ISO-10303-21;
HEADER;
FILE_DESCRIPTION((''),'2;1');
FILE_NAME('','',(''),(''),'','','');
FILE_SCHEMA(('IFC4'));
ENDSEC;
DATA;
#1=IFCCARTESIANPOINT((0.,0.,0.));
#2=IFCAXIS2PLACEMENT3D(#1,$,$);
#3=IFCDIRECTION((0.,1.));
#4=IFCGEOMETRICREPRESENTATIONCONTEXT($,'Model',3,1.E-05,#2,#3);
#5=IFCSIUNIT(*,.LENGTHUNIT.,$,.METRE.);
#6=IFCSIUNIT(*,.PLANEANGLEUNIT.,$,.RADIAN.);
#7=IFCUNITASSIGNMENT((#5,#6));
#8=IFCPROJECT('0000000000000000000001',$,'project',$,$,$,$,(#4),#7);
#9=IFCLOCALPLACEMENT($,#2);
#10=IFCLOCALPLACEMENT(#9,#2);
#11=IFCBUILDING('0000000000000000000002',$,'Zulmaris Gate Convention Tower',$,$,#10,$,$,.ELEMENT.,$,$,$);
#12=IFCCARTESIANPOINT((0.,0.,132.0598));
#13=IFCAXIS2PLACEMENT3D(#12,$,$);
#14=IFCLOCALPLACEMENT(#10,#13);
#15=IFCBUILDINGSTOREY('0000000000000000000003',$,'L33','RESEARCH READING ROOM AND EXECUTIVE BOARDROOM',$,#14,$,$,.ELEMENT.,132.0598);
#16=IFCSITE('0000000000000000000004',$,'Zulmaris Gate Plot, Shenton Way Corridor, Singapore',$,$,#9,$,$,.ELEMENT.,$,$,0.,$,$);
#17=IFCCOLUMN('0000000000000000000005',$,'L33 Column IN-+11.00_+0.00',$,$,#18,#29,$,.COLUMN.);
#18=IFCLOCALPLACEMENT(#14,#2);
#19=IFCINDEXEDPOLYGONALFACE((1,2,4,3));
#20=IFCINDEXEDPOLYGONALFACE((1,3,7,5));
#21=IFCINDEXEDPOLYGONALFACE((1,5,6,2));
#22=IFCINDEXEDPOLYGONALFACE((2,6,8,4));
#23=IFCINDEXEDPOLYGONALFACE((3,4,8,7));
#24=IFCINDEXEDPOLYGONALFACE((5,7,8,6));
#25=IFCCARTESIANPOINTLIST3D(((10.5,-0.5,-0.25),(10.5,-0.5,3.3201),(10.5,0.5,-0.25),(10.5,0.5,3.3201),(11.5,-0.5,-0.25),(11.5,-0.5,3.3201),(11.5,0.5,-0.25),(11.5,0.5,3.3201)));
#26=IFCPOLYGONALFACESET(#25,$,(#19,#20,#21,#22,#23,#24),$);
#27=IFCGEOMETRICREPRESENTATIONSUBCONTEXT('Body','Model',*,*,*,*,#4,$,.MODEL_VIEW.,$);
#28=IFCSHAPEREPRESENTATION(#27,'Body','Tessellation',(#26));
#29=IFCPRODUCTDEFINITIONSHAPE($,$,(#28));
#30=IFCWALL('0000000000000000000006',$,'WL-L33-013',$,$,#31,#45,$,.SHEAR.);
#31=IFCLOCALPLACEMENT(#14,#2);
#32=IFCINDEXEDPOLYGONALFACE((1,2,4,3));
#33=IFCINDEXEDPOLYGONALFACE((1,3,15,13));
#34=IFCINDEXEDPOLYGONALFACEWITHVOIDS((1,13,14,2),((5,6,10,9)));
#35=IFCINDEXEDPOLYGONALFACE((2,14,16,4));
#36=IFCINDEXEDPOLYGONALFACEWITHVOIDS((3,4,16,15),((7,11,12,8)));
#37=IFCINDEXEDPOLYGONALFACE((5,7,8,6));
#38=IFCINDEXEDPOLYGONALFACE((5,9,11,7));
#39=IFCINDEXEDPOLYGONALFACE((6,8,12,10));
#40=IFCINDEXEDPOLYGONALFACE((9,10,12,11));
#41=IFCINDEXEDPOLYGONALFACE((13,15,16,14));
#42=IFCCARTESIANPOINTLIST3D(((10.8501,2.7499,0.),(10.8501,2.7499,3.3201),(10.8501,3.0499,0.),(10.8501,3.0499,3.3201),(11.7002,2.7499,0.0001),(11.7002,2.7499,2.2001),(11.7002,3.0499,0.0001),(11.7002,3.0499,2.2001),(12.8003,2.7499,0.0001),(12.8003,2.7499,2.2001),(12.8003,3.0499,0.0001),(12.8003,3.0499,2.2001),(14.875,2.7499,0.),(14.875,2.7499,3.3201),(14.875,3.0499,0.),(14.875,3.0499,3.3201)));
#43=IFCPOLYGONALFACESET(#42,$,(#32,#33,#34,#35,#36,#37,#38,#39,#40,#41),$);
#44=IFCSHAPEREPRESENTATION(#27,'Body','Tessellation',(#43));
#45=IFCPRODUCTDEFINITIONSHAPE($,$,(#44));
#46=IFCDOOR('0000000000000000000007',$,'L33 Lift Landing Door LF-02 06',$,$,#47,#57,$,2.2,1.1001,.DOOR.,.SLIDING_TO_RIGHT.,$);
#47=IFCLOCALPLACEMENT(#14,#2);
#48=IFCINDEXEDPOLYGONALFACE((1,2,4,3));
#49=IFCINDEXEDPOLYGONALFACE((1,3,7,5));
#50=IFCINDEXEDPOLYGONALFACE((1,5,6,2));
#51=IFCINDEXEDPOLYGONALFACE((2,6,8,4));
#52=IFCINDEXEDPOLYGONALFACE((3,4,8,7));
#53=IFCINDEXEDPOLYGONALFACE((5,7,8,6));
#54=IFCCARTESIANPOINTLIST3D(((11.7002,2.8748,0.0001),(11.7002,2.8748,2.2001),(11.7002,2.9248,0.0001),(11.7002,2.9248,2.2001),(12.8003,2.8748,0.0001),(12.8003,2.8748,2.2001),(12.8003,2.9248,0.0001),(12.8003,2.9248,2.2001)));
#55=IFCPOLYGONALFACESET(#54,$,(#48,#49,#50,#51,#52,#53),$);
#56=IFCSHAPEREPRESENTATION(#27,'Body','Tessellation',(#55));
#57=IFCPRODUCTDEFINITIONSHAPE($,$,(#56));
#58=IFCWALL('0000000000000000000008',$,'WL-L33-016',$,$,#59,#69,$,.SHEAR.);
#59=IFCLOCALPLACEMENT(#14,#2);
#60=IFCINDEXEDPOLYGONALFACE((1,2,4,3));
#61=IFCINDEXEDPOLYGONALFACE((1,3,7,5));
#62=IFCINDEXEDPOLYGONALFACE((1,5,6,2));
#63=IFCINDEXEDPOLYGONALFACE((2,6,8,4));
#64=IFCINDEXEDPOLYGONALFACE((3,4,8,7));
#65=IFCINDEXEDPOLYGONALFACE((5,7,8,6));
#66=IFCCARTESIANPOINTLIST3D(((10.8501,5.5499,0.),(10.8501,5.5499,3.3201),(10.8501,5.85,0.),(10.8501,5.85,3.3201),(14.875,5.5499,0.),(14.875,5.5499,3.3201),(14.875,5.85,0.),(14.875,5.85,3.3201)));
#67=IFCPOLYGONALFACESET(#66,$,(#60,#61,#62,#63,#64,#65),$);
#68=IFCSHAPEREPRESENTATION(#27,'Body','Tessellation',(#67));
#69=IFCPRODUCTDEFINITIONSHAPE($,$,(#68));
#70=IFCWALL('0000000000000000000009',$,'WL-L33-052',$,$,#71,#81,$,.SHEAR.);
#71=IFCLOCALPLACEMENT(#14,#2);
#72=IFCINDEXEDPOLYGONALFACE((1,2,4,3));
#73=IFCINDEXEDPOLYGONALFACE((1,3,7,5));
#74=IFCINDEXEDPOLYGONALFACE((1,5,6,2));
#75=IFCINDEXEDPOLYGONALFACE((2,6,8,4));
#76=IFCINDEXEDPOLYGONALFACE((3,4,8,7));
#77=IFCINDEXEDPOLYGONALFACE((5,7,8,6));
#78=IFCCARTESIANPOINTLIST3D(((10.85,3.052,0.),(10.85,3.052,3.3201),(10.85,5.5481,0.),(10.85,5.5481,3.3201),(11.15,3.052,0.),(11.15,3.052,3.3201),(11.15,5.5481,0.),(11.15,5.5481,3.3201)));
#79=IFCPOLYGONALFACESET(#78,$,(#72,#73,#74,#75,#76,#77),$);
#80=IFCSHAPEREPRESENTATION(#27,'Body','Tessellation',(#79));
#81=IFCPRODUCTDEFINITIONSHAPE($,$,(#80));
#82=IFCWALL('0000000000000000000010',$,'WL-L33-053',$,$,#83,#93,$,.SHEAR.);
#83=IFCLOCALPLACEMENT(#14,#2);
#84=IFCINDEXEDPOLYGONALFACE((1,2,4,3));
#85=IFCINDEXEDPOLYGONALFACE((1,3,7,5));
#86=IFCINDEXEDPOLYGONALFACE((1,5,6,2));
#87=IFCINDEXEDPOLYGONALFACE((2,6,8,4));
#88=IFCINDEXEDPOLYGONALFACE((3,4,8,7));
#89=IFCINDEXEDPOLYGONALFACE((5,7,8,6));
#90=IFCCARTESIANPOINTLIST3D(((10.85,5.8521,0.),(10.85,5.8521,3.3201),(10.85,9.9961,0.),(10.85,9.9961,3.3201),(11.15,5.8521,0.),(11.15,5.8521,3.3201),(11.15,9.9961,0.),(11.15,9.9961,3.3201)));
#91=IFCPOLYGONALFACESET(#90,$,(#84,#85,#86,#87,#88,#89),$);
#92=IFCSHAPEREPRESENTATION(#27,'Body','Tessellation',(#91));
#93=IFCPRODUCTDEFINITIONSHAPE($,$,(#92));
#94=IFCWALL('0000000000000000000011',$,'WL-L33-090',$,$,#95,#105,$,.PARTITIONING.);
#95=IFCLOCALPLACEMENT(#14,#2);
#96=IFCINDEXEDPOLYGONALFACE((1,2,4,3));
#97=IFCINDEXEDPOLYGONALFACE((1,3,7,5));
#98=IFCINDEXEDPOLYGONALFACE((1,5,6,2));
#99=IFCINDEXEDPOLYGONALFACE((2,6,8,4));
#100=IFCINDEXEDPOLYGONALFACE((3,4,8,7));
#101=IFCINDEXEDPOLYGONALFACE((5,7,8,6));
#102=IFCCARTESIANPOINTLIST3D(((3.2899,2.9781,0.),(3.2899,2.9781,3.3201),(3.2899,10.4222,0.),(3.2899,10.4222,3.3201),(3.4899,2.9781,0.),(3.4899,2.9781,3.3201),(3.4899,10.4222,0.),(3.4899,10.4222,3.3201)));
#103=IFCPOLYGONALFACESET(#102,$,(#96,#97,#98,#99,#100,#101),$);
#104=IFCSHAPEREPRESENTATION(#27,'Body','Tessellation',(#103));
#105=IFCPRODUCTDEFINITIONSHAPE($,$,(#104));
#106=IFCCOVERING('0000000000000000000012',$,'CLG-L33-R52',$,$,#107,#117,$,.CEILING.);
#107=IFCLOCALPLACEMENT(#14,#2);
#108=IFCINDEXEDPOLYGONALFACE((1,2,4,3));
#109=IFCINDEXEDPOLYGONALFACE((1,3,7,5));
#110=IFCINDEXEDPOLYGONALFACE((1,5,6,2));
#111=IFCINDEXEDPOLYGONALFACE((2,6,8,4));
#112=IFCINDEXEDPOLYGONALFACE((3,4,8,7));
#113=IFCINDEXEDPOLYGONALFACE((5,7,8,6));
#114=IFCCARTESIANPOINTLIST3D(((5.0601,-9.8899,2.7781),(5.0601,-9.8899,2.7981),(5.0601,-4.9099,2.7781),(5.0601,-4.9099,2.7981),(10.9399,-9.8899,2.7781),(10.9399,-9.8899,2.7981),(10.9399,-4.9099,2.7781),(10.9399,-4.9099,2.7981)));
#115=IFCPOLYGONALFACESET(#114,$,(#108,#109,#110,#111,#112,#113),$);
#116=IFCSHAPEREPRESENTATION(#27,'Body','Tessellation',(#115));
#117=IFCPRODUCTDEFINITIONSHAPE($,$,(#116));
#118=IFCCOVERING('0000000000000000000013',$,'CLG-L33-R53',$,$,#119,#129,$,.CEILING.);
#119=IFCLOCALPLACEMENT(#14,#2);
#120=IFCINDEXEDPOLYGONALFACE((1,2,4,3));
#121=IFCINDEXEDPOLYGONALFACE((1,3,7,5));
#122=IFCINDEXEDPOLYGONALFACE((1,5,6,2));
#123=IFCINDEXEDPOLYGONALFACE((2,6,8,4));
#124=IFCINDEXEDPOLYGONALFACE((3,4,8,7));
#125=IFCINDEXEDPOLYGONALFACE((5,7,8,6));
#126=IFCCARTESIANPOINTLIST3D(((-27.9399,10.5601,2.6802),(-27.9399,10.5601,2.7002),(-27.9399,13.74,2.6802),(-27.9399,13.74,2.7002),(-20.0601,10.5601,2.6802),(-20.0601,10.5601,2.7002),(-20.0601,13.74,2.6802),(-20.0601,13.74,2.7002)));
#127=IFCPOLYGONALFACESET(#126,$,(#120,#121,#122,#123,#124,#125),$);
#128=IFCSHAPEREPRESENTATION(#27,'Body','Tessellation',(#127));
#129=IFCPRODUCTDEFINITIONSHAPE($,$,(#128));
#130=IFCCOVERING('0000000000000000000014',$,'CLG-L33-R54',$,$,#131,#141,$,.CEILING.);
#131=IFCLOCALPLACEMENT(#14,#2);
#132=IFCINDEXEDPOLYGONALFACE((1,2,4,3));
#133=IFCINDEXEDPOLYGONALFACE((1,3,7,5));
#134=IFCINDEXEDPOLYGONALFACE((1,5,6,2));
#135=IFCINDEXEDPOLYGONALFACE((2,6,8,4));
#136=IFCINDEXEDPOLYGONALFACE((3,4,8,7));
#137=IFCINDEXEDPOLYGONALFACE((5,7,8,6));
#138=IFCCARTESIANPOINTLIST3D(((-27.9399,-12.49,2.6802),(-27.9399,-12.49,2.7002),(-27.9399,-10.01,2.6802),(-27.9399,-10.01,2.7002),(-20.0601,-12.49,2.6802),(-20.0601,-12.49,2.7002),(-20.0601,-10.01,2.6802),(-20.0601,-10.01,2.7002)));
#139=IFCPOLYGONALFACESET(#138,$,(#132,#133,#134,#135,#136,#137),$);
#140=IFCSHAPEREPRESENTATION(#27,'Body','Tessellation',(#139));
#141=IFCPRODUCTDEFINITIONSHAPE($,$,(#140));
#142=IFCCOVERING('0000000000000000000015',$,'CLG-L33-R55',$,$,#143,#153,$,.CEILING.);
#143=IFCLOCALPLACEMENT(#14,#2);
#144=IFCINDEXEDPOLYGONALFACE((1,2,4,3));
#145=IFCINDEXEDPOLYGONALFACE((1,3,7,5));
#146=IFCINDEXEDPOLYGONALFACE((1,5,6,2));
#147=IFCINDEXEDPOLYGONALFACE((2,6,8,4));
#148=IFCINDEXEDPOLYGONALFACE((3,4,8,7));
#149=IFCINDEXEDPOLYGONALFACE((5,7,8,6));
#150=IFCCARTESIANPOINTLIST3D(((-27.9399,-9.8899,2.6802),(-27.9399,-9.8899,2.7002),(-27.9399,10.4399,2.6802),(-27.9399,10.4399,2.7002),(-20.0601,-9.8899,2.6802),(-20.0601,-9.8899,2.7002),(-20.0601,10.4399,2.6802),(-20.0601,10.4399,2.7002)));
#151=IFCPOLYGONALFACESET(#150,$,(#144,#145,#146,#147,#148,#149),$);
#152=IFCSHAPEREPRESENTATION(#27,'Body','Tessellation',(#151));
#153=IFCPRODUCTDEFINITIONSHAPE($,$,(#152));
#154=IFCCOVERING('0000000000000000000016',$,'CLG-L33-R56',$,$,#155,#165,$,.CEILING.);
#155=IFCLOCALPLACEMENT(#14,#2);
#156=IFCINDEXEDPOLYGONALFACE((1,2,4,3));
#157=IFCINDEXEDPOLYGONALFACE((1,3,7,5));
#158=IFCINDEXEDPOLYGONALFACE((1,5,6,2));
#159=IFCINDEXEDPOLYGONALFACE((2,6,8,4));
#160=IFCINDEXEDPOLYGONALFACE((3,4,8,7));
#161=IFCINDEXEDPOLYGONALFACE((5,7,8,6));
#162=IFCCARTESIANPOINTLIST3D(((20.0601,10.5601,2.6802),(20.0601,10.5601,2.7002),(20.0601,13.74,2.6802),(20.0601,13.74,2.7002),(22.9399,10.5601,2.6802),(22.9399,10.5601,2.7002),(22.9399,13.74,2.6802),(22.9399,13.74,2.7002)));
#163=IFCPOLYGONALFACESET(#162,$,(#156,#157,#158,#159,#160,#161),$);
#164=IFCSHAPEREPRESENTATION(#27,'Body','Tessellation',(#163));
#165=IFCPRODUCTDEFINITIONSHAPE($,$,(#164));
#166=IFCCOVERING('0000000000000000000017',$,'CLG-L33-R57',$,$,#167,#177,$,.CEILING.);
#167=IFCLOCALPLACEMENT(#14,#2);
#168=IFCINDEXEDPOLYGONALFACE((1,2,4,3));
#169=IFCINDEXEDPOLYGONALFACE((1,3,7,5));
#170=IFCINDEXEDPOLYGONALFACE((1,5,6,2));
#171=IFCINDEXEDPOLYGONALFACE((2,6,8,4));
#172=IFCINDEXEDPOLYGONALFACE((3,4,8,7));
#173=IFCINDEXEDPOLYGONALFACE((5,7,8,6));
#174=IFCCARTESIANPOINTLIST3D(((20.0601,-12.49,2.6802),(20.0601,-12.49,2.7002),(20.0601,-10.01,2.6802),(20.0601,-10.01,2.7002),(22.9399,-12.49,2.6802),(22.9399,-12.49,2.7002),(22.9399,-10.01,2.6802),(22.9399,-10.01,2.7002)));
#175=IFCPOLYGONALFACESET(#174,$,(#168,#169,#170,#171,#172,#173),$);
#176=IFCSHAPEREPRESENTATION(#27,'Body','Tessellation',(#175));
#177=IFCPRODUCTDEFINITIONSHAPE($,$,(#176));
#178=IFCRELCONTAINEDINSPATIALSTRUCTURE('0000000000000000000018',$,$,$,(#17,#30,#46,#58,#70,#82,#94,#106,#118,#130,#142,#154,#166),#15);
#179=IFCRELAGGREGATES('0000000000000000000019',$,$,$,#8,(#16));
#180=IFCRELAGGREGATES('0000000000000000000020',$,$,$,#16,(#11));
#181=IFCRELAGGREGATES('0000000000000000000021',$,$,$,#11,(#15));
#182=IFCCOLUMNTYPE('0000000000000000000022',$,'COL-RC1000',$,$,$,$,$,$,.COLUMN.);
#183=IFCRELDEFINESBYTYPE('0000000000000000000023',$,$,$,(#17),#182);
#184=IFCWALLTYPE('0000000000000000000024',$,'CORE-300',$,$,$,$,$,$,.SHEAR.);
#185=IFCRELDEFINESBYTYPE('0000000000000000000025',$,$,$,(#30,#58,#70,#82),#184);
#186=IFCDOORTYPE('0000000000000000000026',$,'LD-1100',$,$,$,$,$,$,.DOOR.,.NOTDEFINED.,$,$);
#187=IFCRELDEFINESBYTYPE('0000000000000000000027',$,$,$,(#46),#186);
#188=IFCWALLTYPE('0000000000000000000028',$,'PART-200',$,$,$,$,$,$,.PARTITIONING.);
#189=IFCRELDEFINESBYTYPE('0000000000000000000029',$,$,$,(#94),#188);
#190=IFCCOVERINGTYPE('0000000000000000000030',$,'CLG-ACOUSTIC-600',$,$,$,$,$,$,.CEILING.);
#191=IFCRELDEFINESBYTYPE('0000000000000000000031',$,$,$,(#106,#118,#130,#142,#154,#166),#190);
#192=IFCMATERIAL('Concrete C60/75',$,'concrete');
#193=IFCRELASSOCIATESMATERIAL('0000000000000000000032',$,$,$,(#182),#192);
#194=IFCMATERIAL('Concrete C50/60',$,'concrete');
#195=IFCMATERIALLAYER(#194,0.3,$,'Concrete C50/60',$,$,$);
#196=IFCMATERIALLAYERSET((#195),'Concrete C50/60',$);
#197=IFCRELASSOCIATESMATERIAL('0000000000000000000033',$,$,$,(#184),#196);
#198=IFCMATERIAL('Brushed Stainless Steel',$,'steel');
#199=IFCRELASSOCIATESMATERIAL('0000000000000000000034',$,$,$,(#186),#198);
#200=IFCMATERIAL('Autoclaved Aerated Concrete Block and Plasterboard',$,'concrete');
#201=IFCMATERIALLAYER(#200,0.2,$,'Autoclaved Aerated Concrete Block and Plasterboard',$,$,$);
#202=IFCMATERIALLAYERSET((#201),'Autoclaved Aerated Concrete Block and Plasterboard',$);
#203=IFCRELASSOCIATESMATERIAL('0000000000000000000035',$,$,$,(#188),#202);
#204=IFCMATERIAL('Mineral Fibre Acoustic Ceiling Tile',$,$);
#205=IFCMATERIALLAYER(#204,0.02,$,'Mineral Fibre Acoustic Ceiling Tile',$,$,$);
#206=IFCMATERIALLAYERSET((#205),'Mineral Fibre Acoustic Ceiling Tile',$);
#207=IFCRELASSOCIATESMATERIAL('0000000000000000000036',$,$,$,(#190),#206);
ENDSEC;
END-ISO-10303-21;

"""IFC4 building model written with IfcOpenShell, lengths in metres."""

from ifc_helpers import new_model, si_unit, direction, frame, frame_2d, origin, origin_2d, place, context, subcontext, project, spatial, polyline, rectangle, outline, extrude, material, layer, layer_set, material_profile, profile_set, type_object, element, fill, save


model = new_model("IFC4")

# Units and contexts
model_context = context("Model", 3, precision=1e-05, world=origin(), true_north=direction((0.0, 1.0)))
body_context = subcontext(model_context, "Body", "Model", "MODEL_VIEW")
ifc_project = project(units=[si_unit("LENGTHUNIT", "METRE"), si_unit("PLANEANGLEUNIT", "RADIAN")], contexts=[model_context])

# Site, building, storey
site_placement = place(None, origin())
site = spatial("IfcSite", under=ifc_project, at=site_placement, Name="Zulmaris Gate Plot, Shenton Way Corridor, Singapore", CompositionType="ELEMENT", RefElevation=0.0)
building_placement = place(site_placement, origin())
building = spatial("IfcBuilding", under=site, at=building_placement, Name="Zulmaris Gate Convention Tower", CompositionType="ELEMENT")
storey_placement = place(building_placement, frame((0.0, 0.0, 132.0598)))
storey = spatial("IfcBuildingStorey", under=building, at=storey_placement, Name="L33", Description="RESEARCH READING ROOM AND EXECUTIVE BOARDROOM", CompositionType="ELEMENT", Elevation=132.0598)

# Column
ifc_material_1 = material(Name="Concrete C60/75", Category="concrete")
ifc_material_profile = material_profile(ifc_material_1, rectangle(XDim=1.0, YDim=1.0, at=origin_2d()), Name="RC COL 1000x1000")
ifc_profile_set = profile_set([ifc_material_profile], Name="Concrete C60/75")
column_type = type_object("IfcColumnType", Name="COL-RC1000", PredefinedType="COLUMN", material=ifc_profile_set)
column_placement = place(storey_placement, frame((11.0, 0.0, -0.25), z_axis=(0.0, 0.0, 1.0), x_axis=(1.0, 0.0, 0.0)))
element("IfcColumn", 1, at=column_placement, inside=storey, type_object=column_type, Name="L33 Column IN-+11.00_+0.00", PredefinedType="COLUMN", context=body_context, shape_type="SweptSolid", body=[
    extrude(rectangle(XDim=1.0, YDim=1.0, at=origin_2d()), origin(), (0.0, 0.0, 1.0), 3.5701),
])

# Wall, opening, door
ifc_material_2 = material(Name="Concrete C50/60", Category="concrete")
ifc_layer_1 = layer(ifc_material_2, 0.3, Name="Concrete C50/60")
ifc_layer_set_1 = layer_set([ifc_layer_1], Name="Concrete C50/60")
wall_type_1 = type_object("IfcWallType", Name="CORE-300", PredefinedType="SHEAR", material=ifc_layer_set_1)
wall_1_placement = place(storey_placement, frame((10.8501, 2.8999, 0.0), z_axis=(0.0, 0.0, 1.0), x_axis=(1.0, 0.0, 0.0)))
wall_1 = element("IfcWall", 2, at=wall_1_placement, inside=storey, type_object=wall_type_1, Name="WL-L33-013", PredefinedType="SHEAR", context=body_context, shape_type="SweptSolid", body=[
    extrude(rectangle(XDim=4.0249, YDim=0.3, at=frame_2d((2.0125, 0.0))), origin(), (0.0, 0.0, 1.0), 3.3201),
])
opening_1_placement = place(wall_1_placement, frame((0.8501, 0.0, 0.0)))
opening_1 = element("IfcOpeningElement", 3, at=opening_1_placement, cuts=wall_1, PredefinedType="OPENING", context=body_context, shape_type="SweptSolid", body=[
    extrude(rectangle(XDim=1.1001, YDim=2.2, at=frame_2d((0.55, 1.1001))), frame((0.0, 0.1602, 0.0), z_axis=(0.0, -1.0, 0.0), x_axis=(1.0, 0.0, 0.0)), (0.0, 0.0, 1.0), 0.3201),
])
ifc_material_3 = material(Name="Brushed Stainless Steel", Category="steel")
door_type_1 = type_object("IfcDoorType", Name="LD-1100", OperationType="NOTDEFINED", PredefinedType="DOOR", material=ifc_material_3)
door_1_placement = place(opening_1_placement, origin())
door_1 = element("IfcDoor", 4, at=door_1_placement, inside=storey, type_object=door_type_1, Name="L33 Lift Landing Door LF-02 06", OperationType="SLIDING_TO_RIGHT", OverallHeight=2.2, OverallWidth=1.1001, PredefinedType="DOOR", context=body_context, shape_type="SweptSolid", body=[
    extrude(rectangle(XDim=1.1001, YDim=2.2, at=frame_2d((0.55, 1.1001))), frame((0.0, 0.0249, 0.0), z_axis=(0.0, -1.0, 0.0), x_axis=(1.0, 0.0, 0.0)), (0.0, 0.0, 1.0), 0.05),
])
fill(opening_1, door_1)

# Wall
wall_2_placement = place(storey_placement, frame((10.8501, 5.7, 0.0), z_axis=(0.0, 0.0, 1.0), x_axis=(1.0, 0.0, 0.0)))
element("IfcWall", 5, at=wall_2_placement, inside=storey, type_object=wall_type_1, Name="WL-L33-016", PredefinedType="SHEAR", context=body_context, shape_type="SweptSolid", body=[
    extrude(rectangle(XDim=4.0249, YDim=0.3, at=frame_2d((2.0125, 0.0))), origin(), (0.0, 0.0, 1.0), 3.3201),
])

# Walls
wall_3_placement = place(storey_placement, frame((11.0, 3.052, 0.0), z_axis=(0.0, 0.0, 1.0), x_axis=(0.0, 1.0, 0.0)))
element("IfcWall", 6, at=wall_3_placement, inside=storey, type_object=wall_type_1, Name="WL-L33-052", PredefinedType="SHEAR", context=body_context, shape_type="SweptSolid", body=[
    extrude(rectangle(XDim=2.4961, YDim=0.3, at=frame_2d((1.248, 0.0))), origin(), (0.0, 0.0, 1.0), 3.3201),
])
wall_4_placement = place(storey_placement, frame((11.0, 5.8521, 0.0), z_axis=(0.0, 0.0, 1.0), x_axis=(0.0, 1.0, 0.0)))
element("IfcWall", 7, at=wall_4_placement, inside=storey, type_object=wall_type_1, Name="WL-L33-053", PredefinedType="SHEAR", context=body_context, shape_type="SweptSolid", body=[
    extrude(rectangle(XDim=4.144, YDim=0.3, at=frame_2d((2.072, 0.0))), origin(), (0.0, 0.0, 1.0), 3.3201),
])
ifc_material_4 = material(Name="Autoclaved Aerated Concrete Block and Plasterboard", Category="concrete")
ifc_layer_2 = layer(ifc_material_4, 0.2, Name="Autoclaved Aerated Concrete Block and Plasterboard")
ifc_layer_set_2 = layer_set([ifc_layer_2], Name="Autoclaved Aerated Concrete Block and Plasterboard")
wall_type_2 = type_object("IfcWallType", Name="PART-200", PredefinedType="PARTITIONING", material=ifc_layer_set_2)
wall_5_placement = place(storey_placement, frame((3.3899, 2.978, 0.0), z_axis=(0.0, 0.0, 1.0), x_axis=(0.0, 1.0, 0.0)))
element("IfcWall", 8, at=wall_5_placement, inside=storey, type_object=wall_type_2, Name="WL-L33-090", PredefinedType="PARTITIONING", context=body_context, shape_type="SweptSolid", body=[
    extrude(rectangle(XDim=7.4441, YDim=0.2, at=frame_2d((3.7222, 0.0))), origin(), (0.0, 0.0, 1.0), 3.3201),
])

# Coverings
ifc_material_5 = material(Name="Mineral Fibre Acoustic Ceiling Tile")
ifc_layer_3 = layer(ifc_material_5, 0.02, Name="Mineral Fibre Acoustic Ceiling Tile")
ifc_layer_set_3 = layer_set([ifc_layer_3], Name="Mineral Fibre Acoustic Ceiling Tile")
covering_type_1 = type_object("IfcCoveringType", Name="CLG-ACOUSTIC-600", PredefinedType="CEILING", material=ifc_layer_set_3)
covering_1_placement = place(storey_placement, frame((0.0, 0.0, 2.7781)))
element("IfcCovering", 9, at=covering_1_placement, inside=storey, type_object=covering_type_1, Name="CLG-L33-R52", PredefinedType="CEILING", context=body_context, shape_type="SweptSolid", body=[
    extrude(outline(polyline([(5.0601, -9.8899), (10.9399, -9.8899), (10.9399, -4.9099), (5.0601, -4.9099), (5.0601, -9.8899)])), origin(), (0.0, 0.0, 1.0), 0.02),
])
covering_2_placement = place(storey_placement, frame((0.0, 0.0, 2.6802)))
element("IfcCovering", 10, at=covering_2_placement, inside=storey, type_object=covering_type_1, Name="CLG-L33-R53", PredefinedType="CEILING", context=body_context, shape_type="SweptSolid", body=[
    extrude(outline(polyline([(-27.9399, 10.5601), (-20.0601, 10.5601), (-20.0601, 13.74), (-27.9399, 13.74), (-27.9399, 10.5601)])), origin(), (0.0, 0.0, 1.0), 0.02),
])
covering_3_placement = place(storey_placement, frame((0.0, 0.0, 2.6802)))
element("IfcCovering", 11, at=covering_3_placement, inside=storey, type_object=covering_type_1, Name="CLG-L33-R54", PredefinedType="CEILING", context=body_context, shape_type="SweptSolid", body=[
    extrude(outline(polyline([(-27.9399, -12.49), (-20.0601, -12.49), (-20.0601, -10.01), (-27.9399, -10.01), (-27.9399, -12.49)])), origin(), (0.0, 0.0, 1.0), 0.02),
])
covering_4_placement = place(storey_placement, frame((0.0, 0.0, 2.6802)))
element("IfcCovering", 12, at=covering_4_placement, inside=storey, type_object=covering_type_1, Name="CLG-L33-R55", PredefinedType="CEILING", context=body_context, shape_type="SweptSolid", body=[
    extrude(outline(polyline([(-27.9399, -9.8899), (-20.0601, -9.8899), (-20.0601, 10.4399), (-27.9399, 10.4399), (-27.9399, -9.8899)])), origin(), (0.0, 0.0, 1.0), 0.02),
])
covering_5_placement = place(storey_placement, frame((0.0, 0.0, 2.6802)))
element("IfcCovering", 13, at=covering_5_placement, inside=storey, type_object=covering_type_1, Name="CLG-L33-R56", PredefinedType="CEILING", context=body_context, shape_type="SweptSolid", body=[
    extrude(outline(polyline([(20.0601, 10.5601), (22.9399, 10.5601), (22.9399, 13.74), (20.0601, 13.74), (20.0601, 10.5601)])), origin(), (0.0, 0.0, 1.0), 0.02),
])
covering_6_placement = place(storey_placement, frame((0.0, 0.0, 2.6802)))
element("IfcCovering", 14, at=covering_6_placement, inside=storey, type_object=covering_type_1, Name="CLG-L33-R57", PredefinedType="CEILING", context=body_context, shape_type="SweptSolid", body=[
    extrude(outline(polyline([(20.0601, -12.49), (22.9399, -12.49), (22.9399, -10.01), (20.0601, -10.01), (20.0601, -12.49)])), origin(), (0.0, 0.0, 1.0), 0.02),
])

save(model, "model.ifc")
